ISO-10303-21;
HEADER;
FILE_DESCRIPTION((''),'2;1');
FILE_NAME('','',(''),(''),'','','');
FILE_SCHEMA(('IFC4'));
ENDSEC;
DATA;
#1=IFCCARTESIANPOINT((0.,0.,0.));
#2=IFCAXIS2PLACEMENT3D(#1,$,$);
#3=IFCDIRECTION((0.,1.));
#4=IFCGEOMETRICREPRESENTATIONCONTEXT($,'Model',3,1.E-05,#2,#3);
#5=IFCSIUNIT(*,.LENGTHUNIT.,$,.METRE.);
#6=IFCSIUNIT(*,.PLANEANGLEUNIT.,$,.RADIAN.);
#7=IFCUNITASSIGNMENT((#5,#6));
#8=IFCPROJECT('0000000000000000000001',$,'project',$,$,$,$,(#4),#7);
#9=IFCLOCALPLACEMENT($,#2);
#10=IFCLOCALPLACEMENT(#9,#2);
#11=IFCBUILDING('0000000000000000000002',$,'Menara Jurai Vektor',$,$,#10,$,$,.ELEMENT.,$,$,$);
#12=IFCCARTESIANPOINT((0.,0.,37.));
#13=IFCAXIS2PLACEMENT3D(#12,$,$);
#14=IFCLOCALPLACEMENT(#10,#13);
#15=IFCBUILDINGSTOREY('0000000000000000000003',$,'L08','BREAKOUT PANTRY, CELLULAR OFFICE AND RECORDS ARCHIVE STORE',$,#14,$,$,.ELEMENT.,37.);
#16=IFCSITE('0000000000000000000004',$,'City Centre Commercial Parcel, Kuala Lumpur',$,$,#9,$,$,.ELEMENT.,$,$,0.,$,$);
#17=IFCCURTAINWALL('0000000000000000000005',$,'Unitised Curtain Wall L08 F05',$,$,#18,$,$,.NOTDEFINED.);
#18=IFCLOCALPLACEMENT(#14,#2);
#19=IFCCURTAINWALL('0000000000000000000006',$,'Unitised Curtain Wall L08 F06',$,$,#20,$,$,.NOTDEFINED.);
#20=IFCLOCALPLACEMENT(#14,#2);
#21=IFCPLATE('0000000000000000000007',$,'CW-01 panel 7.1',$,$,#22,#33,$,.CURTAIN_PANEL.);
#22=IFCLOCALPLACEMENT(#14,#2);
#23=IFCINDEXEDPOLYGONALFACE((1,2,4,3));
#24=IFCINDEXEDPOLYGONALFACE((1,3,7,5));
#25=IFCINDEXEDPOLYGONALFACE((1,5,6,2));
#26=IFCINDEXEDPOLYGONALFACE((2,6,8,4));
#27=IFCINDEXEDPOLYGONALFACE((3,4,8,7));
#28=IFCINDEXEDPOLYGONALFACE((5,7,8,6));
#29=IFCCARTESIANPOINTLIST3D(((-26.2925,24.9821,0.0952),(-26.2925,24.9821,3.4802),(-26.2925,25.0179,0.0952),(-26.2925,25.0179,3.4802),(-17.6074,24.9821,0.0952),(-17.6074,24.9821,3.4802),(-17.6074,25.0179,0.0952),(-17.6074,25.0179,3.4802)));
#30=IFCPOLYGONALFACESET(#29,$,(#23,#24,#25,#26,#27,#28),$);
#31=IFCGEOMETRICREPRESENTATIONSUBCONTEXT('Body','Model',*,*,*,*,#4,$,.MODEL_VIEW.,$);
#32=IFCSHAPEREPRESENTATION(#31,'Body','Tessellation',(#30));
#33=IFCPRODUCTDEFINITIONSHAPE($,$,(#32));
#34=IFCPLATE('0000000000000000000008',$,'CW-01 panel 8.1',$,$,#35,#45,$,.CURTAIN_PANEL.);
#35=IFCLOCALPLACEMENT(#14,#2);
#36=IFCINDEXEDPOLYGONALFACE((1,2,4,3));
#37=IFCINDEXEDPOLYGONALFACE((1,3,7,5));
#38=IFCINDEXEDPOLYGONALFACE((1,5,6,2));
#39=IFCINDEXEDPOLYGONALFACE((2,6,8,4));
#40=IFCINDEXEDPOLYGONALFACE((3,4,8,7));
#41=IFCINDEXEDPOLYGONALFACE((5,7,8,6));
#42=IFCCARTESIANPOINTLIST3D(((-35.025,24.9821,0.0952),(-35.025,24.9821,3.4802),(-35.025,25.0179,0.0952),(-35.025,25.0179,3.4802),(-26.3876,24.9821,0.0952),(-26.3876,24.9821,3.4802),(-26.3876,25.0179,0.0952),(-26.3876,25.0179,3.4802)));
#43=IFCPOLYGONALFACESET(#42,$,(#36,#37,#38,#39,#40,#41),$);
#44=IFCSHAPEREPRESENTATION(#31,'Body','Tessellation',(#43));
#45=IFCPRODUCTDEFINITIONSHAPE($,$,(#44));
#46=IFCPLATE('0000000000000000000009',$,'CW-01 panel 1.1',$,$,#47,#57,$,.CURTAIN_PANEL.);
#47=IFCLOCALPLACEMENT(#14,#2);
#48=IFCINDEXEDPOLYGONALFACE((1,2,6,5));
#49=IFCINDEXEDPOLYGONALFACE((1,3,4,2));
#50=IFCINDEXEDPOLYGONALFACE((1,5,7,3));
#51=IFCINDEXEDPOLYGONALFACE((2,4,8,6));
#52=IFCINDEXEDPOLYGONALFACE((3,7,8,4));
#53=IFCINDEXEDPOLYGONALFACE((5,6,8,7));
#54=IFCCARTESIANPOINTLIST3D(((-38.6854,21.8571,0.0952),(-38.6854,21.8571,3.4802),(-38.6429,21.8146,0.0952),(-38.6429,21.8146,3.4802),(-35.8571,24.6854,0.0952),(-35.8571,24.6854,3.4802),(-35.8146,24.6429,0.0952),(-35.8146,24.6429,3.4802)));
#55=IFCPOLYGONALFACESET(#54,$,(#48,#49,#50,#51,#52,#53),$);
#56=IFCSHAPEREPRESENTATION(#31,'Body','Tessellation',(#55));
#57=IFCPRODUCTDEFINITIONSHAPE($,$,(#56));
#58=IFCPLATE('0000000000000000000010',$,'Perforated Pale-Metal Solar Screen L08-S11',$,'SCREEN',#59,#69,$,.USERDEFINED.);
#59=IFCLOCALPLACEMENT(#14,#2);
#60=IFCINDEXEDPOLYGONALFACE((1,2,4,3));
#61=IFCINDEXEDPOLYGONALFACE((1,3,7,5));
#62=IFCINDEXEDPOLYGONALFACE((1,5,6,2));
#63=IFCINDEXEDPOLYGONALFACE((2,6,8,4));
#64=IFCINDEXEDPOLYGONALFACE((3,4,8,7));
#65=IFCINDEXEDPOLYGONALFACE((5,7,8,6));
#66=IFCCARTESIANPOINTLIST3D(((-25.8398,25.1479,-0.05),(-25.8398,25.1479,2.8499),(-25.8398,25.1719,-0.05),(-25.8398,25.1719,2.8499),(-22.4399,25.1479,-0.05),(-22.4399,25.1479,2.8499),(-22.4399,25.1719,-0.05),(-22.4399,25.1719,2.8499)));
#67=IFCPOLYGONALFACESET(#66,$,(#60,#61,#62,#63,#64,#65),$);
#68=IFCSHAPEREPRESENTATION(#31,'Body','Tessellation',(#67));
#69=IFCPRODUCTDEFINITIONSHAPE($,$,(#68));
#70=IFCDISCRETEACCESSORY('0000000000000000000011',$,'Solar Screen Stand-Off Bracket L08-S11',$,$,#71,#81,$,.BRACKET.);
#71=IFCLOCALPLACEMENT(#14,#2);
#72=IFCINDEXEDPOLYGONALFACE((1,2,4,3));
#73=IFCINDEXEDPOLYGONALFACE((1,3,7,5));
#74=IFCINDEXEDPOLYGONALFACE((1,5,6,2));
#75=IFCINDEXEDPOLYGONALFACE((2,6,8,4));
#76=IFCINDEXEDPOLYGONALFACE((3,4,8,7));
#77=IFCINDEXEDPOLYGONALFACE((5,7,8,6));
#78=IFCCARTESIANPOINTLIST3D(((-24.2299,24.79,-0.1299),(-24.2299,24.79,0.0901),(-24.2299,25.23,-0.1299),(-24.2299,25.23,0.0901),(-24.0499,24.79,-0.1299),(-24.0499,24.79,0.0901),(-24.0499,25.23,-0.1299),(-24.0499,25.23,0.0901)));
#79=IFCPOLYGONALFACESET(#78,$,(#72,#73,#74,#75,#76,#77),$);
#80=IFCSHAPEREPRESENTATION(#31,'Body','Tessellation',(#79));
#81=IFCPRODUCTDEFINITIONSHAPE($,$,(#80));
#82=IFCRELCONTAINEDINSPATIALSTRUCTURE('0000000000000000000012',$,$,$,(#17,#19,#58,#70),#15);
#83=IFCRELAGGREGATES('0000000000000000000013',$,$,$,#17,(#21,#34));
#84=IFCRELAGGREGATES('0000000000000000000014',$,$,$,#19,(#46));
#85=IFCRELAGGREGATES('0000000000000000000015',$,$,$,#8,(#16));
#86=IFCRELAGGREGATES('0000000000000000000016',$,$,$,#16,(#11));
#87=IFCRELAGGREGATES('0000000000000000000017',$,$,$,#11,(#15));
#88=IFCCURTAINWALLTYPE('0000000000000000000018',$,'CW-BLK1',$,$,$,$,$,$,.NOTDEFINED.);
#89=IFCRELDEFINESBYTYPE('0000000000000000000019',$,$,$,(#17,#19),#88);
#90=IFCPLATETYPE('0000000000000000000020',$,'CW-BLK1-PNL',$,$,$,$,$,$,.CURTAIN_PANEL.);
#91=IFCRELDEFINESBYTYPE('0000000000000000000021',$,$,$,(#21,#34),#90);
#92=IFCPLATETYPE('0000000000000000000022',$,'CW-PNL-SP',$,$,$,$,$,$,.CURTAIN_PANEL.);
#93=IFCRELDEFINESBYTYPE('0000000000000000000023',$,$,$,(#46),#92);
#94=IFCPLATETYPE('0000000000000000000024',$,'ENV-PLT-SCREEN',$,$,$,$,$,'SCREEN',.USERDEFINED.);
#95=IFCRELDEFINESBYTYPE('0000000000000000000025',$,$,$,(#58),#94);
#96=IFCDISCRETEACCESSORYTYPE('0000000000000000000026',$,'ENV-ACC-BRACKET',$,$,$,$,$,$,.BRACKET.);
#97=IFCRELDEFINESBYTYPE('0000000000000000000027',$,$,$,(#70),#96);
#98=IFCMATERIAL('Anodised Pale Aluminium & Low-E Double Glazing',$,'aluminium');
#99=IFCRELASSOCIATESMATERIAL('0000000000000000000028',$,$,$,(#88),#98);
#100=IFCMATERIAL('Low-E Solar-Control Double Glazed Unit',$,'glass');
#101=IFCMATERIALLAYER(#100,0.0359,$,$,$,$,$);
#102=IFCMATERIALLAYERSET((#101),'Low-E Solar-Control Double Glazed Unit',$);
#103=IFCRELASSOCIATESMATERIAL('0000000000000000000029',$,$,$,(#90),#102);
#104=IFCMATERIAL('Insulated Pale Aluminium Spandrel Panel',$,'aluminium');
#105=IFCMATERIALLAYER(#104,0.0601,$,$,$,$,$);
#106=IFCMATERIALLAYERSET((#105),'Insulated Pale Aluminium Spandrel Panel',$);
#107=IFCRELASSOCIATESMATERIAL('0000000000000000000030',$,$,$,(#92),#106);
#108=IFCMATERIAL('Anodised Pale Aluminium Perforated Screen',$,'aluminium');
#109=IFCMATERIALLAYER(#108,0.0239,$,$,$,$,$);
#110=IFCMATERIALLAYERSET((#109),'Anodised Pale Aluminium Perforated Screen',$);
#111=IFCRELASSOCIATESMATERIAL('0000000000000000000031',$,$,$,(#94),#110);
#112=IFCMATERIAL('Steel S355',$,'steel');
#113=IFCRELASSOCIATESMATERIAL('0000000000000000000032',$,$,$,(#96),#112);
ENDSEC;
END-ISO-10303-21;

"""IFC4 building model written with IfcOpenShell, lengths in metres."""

from ifc_helpers import new_model, si_unit, direction, frame, origin, origin_2d, place, context, subcontext, project, spatial, rectangle, extrude, material, layer, layer_set, type_object, element, aggregate, save


model = new_model("IFC4")

# Units and contexts
model_context = context("Model", 3, precision=1e-05, world=origin(), true_north=direction((0.0, 1.0)))
body_context = subcontext(model_context, "Body", "Model", "MODEL_VIEW")
ifc_project = project(units=[si_unit("LENGTHUNIT", "METRE"), si_unit("PLANEANGLEUNIT", "RADIAN")], contexts=[model_context])

# Site, building, storey
site_placement = place(None, origin())
site = spatial("IfcSite", under=ifc_project, at=site_placement, Name="City Centre Commercial Parcel, Kuala Lumpur", CompositionType="ELEMENT", RefElevation=0.0)
building_placement = place(site_placement, origin())
building = spatial("IfcBuilding", under=site, at=building_placement, Name="Menara Jurai Vektor", CompositionType="ELEMENT")
storey_placement = place(building_placement, frame((0.0, 0.0, 37.0)))
storey = spatial("IfcBuildingStorey", under=building, at=storey_placement, Name="L08", Description="BREAKOUT PANTRY, CELLULAR OFFICE AND RECORDS ARCHIVE STORE", CompositionType="ELEMENT", Elevation=37.0)

# Curtain walls
ifc_material_1 = material(Name="Anodised Pale Aluminium & Low-E Double Glazing", Category="aluminium")
curtain_wall_type = type_object("IfcCurtainWallType", Name="CW-BLK1", PredefinedType="NOTDEFINED", material=ifc_material_1)
curtain_wall_1_placement = place(storey_placement, origin())
curtain_wall_1 = element("IfcCurtainWall", 1, at=curtain_wall_1_placement, inside=storey, type_object=curtain_wall_type, Name="Unitised Curtain Wall L08 F05", PredefinedType="NOTDEFINED")
curtain_wall_2_placement = place(storey_placement, origin())
curtain_wall_2 = element("IfcCurtainWall", 2, at=curtain_wall_2_placement, inside=storey, type_object=curtain_wall_type, Name="Unitised Curtain Wall L08 F06", PredefinedType="NOTDEFINED")

# Shared definitions
ifc_material_2 = material(Name="Steel S355", Category="steel")

# Plates
ifc_material_3 = material(Name="Low-E Solar-Control Double Glazed Unit", Category="glass")
ifc_layer_1 = layer(ifc_material_3, 0.0359)
ifc_layer_set_1 = layer_set([ifc_layer_1], Name="Low-E Solar-Control Double Glazed Unit")
plate_type_1 = type_object("IfcPlateType", Name="CW-BLK1-PNL", PredefinedType="CURTAIN_PANEL", material=ifc_layer_set_1)
plate_1_placement = place(storey_placement, frame((-21.95, 25.0, 0.0952), z_axis=(0.0, 0.0, 1.0), x_axis=(-1.0, 0.0, 0.0)))
plate_1 = element("IfcPlate", 3, at=plate_1_placement, type_object=plate_type_1, Name="CW-01 panel 7.1", PredefinedType="CURTAIN_PANEL", context=body_context, shape_type="SweptSolid", body=[
    extrude(rectangle(XDim=8.6851, YDim=0.0359, at=origin_2d()), origin(), (0.0, 0.0, 1.0), 3.385),
])
plate_2_placement = place(storey_placement, frame((-30.7063, 25.0, 0.0952), z_axis=(0.0, 0.0, 1.0), x_axis=(-1.0, 0.0, 0.0)))
plate_2 = element("IfcPlate", 4, at=plate_2_placement, type_object=plate_type_1, Name="CW-01 panel 8.1", PredefinedType="CURTAIN_PANEL", context=body_context, shape_type="SweptSolid", body=[
    extrude(rectangle(XDim=8.6375, YDim=0.0359, at=origin_2d()), origin(), (0.0, 0.0, 1.0), 3.385),
])
aggregate(curtain_wall_1, [plate_1, plate_2])
ifc_material_4 = material(Name="Insulated Pale Aluminium Spandrel Panel", Category="aluminium")
ifc_layer_2 = layer(ifc_material_4, 0.0601)
ifc_layer_set_2 = layer_set([ifc_layer_2], Name="Insulated Pale Aluminium Spandrel Panel")
plate_type_2 = type_object("IfcPlateType", Name="CW-PNL-SP", PredefinedType="CURTAIN_PANEL", material=ifc_layer_set_2)
plate_3_placement = place(storey_placement, frame((-37.25, 23.25, 0.0952), z_axis=(0.0, 0.0, 1.0), x_axis=(-0.707107, -0.707107, 0.0)))
plate_3 = element("IfcPlate", 5, at=plate_3_placement, type_object=plate_type_2, Name="CW-01 panel 1.1", PredefinedType="CURTAIN_PANEL", context=body_context, shape_type="SweptSolid", body=[
    extrude(rectangle(XDim=3.9998, YDim=0.0601, at=origin_2d()), origin(), (0.0, 0.0, 1.0), 3.385),
])
aggregate(curtain_wall_2, [plate_3])
ifc_material_5 = material(Name="Anodised Pale Aluminium Perforated Screen", Category="aluminium")
ifc_layer_3 = layer(ifc_material_5, 0.0239)
ifc_layer_set_3 = layer_set([ifc_layer_3], Name="Anodised Pale Aluminium Perforated Screen")
plate_type_3 = type_object("IfcPlateType", Name="ENV-PLT-SCREEN", ElementType="SCREEN", PredefinedType="USERDEFINED", material=ifc_layer_set_3)
plate_4_placement = place(storey_placement, frame((-24.1399, 25.1599, -0.05), z_axis=(0.0, 0.0, 1.0), x_axis=(-1.0, 0.0, 0.0)))
element("IfcPlate", 6, at=plate_4_placement, inside=storey, type_object=plate_type_3, Name="Perforated Pale-Metal Solar Screen L08-S11", ObjectType="SCREEN", PredefinedType="USERDEFINED", context=body_context, shape_type="SweptSolid", body=[
    extrude(rectangle(XDim=3.3999, YDim=0.0239, at=origin_2d()), origin(), (0.0, 0.0, 1.0), 2.8999),
])

# Discrete accessory
discrete_accessory_type = type_object("IfcDiscreteAccessoryType", Name="ENV-ACC-BRACKET", PredefinedType="BRACKET", material=ifc_material_2)
discrete_accessory_placement = place(storey_placement, frame((-24.1399, 25.01, -0.1299), z_axis=(0.0, 0.0, 1.0), x_axis=(-1.0, 0.0, 0.0)))
element("IfcDiscreteAccessory", 7, at=discrete_accessory_placement, inside=storey, type_object=discrete_accessory_type, Name="Solar Screen Stand-Off Bracket L08-S11", PredefinedType="BRACKET", context=body_context, shape_type="SweptSolid", body=[
    extrude(rectangle(XDim=0.1799, YDim=0.4399, at=origin_2d()), origin(), (0.0, 0.0, 1.0), 0.22),
])

save(model, "model.ifc")
